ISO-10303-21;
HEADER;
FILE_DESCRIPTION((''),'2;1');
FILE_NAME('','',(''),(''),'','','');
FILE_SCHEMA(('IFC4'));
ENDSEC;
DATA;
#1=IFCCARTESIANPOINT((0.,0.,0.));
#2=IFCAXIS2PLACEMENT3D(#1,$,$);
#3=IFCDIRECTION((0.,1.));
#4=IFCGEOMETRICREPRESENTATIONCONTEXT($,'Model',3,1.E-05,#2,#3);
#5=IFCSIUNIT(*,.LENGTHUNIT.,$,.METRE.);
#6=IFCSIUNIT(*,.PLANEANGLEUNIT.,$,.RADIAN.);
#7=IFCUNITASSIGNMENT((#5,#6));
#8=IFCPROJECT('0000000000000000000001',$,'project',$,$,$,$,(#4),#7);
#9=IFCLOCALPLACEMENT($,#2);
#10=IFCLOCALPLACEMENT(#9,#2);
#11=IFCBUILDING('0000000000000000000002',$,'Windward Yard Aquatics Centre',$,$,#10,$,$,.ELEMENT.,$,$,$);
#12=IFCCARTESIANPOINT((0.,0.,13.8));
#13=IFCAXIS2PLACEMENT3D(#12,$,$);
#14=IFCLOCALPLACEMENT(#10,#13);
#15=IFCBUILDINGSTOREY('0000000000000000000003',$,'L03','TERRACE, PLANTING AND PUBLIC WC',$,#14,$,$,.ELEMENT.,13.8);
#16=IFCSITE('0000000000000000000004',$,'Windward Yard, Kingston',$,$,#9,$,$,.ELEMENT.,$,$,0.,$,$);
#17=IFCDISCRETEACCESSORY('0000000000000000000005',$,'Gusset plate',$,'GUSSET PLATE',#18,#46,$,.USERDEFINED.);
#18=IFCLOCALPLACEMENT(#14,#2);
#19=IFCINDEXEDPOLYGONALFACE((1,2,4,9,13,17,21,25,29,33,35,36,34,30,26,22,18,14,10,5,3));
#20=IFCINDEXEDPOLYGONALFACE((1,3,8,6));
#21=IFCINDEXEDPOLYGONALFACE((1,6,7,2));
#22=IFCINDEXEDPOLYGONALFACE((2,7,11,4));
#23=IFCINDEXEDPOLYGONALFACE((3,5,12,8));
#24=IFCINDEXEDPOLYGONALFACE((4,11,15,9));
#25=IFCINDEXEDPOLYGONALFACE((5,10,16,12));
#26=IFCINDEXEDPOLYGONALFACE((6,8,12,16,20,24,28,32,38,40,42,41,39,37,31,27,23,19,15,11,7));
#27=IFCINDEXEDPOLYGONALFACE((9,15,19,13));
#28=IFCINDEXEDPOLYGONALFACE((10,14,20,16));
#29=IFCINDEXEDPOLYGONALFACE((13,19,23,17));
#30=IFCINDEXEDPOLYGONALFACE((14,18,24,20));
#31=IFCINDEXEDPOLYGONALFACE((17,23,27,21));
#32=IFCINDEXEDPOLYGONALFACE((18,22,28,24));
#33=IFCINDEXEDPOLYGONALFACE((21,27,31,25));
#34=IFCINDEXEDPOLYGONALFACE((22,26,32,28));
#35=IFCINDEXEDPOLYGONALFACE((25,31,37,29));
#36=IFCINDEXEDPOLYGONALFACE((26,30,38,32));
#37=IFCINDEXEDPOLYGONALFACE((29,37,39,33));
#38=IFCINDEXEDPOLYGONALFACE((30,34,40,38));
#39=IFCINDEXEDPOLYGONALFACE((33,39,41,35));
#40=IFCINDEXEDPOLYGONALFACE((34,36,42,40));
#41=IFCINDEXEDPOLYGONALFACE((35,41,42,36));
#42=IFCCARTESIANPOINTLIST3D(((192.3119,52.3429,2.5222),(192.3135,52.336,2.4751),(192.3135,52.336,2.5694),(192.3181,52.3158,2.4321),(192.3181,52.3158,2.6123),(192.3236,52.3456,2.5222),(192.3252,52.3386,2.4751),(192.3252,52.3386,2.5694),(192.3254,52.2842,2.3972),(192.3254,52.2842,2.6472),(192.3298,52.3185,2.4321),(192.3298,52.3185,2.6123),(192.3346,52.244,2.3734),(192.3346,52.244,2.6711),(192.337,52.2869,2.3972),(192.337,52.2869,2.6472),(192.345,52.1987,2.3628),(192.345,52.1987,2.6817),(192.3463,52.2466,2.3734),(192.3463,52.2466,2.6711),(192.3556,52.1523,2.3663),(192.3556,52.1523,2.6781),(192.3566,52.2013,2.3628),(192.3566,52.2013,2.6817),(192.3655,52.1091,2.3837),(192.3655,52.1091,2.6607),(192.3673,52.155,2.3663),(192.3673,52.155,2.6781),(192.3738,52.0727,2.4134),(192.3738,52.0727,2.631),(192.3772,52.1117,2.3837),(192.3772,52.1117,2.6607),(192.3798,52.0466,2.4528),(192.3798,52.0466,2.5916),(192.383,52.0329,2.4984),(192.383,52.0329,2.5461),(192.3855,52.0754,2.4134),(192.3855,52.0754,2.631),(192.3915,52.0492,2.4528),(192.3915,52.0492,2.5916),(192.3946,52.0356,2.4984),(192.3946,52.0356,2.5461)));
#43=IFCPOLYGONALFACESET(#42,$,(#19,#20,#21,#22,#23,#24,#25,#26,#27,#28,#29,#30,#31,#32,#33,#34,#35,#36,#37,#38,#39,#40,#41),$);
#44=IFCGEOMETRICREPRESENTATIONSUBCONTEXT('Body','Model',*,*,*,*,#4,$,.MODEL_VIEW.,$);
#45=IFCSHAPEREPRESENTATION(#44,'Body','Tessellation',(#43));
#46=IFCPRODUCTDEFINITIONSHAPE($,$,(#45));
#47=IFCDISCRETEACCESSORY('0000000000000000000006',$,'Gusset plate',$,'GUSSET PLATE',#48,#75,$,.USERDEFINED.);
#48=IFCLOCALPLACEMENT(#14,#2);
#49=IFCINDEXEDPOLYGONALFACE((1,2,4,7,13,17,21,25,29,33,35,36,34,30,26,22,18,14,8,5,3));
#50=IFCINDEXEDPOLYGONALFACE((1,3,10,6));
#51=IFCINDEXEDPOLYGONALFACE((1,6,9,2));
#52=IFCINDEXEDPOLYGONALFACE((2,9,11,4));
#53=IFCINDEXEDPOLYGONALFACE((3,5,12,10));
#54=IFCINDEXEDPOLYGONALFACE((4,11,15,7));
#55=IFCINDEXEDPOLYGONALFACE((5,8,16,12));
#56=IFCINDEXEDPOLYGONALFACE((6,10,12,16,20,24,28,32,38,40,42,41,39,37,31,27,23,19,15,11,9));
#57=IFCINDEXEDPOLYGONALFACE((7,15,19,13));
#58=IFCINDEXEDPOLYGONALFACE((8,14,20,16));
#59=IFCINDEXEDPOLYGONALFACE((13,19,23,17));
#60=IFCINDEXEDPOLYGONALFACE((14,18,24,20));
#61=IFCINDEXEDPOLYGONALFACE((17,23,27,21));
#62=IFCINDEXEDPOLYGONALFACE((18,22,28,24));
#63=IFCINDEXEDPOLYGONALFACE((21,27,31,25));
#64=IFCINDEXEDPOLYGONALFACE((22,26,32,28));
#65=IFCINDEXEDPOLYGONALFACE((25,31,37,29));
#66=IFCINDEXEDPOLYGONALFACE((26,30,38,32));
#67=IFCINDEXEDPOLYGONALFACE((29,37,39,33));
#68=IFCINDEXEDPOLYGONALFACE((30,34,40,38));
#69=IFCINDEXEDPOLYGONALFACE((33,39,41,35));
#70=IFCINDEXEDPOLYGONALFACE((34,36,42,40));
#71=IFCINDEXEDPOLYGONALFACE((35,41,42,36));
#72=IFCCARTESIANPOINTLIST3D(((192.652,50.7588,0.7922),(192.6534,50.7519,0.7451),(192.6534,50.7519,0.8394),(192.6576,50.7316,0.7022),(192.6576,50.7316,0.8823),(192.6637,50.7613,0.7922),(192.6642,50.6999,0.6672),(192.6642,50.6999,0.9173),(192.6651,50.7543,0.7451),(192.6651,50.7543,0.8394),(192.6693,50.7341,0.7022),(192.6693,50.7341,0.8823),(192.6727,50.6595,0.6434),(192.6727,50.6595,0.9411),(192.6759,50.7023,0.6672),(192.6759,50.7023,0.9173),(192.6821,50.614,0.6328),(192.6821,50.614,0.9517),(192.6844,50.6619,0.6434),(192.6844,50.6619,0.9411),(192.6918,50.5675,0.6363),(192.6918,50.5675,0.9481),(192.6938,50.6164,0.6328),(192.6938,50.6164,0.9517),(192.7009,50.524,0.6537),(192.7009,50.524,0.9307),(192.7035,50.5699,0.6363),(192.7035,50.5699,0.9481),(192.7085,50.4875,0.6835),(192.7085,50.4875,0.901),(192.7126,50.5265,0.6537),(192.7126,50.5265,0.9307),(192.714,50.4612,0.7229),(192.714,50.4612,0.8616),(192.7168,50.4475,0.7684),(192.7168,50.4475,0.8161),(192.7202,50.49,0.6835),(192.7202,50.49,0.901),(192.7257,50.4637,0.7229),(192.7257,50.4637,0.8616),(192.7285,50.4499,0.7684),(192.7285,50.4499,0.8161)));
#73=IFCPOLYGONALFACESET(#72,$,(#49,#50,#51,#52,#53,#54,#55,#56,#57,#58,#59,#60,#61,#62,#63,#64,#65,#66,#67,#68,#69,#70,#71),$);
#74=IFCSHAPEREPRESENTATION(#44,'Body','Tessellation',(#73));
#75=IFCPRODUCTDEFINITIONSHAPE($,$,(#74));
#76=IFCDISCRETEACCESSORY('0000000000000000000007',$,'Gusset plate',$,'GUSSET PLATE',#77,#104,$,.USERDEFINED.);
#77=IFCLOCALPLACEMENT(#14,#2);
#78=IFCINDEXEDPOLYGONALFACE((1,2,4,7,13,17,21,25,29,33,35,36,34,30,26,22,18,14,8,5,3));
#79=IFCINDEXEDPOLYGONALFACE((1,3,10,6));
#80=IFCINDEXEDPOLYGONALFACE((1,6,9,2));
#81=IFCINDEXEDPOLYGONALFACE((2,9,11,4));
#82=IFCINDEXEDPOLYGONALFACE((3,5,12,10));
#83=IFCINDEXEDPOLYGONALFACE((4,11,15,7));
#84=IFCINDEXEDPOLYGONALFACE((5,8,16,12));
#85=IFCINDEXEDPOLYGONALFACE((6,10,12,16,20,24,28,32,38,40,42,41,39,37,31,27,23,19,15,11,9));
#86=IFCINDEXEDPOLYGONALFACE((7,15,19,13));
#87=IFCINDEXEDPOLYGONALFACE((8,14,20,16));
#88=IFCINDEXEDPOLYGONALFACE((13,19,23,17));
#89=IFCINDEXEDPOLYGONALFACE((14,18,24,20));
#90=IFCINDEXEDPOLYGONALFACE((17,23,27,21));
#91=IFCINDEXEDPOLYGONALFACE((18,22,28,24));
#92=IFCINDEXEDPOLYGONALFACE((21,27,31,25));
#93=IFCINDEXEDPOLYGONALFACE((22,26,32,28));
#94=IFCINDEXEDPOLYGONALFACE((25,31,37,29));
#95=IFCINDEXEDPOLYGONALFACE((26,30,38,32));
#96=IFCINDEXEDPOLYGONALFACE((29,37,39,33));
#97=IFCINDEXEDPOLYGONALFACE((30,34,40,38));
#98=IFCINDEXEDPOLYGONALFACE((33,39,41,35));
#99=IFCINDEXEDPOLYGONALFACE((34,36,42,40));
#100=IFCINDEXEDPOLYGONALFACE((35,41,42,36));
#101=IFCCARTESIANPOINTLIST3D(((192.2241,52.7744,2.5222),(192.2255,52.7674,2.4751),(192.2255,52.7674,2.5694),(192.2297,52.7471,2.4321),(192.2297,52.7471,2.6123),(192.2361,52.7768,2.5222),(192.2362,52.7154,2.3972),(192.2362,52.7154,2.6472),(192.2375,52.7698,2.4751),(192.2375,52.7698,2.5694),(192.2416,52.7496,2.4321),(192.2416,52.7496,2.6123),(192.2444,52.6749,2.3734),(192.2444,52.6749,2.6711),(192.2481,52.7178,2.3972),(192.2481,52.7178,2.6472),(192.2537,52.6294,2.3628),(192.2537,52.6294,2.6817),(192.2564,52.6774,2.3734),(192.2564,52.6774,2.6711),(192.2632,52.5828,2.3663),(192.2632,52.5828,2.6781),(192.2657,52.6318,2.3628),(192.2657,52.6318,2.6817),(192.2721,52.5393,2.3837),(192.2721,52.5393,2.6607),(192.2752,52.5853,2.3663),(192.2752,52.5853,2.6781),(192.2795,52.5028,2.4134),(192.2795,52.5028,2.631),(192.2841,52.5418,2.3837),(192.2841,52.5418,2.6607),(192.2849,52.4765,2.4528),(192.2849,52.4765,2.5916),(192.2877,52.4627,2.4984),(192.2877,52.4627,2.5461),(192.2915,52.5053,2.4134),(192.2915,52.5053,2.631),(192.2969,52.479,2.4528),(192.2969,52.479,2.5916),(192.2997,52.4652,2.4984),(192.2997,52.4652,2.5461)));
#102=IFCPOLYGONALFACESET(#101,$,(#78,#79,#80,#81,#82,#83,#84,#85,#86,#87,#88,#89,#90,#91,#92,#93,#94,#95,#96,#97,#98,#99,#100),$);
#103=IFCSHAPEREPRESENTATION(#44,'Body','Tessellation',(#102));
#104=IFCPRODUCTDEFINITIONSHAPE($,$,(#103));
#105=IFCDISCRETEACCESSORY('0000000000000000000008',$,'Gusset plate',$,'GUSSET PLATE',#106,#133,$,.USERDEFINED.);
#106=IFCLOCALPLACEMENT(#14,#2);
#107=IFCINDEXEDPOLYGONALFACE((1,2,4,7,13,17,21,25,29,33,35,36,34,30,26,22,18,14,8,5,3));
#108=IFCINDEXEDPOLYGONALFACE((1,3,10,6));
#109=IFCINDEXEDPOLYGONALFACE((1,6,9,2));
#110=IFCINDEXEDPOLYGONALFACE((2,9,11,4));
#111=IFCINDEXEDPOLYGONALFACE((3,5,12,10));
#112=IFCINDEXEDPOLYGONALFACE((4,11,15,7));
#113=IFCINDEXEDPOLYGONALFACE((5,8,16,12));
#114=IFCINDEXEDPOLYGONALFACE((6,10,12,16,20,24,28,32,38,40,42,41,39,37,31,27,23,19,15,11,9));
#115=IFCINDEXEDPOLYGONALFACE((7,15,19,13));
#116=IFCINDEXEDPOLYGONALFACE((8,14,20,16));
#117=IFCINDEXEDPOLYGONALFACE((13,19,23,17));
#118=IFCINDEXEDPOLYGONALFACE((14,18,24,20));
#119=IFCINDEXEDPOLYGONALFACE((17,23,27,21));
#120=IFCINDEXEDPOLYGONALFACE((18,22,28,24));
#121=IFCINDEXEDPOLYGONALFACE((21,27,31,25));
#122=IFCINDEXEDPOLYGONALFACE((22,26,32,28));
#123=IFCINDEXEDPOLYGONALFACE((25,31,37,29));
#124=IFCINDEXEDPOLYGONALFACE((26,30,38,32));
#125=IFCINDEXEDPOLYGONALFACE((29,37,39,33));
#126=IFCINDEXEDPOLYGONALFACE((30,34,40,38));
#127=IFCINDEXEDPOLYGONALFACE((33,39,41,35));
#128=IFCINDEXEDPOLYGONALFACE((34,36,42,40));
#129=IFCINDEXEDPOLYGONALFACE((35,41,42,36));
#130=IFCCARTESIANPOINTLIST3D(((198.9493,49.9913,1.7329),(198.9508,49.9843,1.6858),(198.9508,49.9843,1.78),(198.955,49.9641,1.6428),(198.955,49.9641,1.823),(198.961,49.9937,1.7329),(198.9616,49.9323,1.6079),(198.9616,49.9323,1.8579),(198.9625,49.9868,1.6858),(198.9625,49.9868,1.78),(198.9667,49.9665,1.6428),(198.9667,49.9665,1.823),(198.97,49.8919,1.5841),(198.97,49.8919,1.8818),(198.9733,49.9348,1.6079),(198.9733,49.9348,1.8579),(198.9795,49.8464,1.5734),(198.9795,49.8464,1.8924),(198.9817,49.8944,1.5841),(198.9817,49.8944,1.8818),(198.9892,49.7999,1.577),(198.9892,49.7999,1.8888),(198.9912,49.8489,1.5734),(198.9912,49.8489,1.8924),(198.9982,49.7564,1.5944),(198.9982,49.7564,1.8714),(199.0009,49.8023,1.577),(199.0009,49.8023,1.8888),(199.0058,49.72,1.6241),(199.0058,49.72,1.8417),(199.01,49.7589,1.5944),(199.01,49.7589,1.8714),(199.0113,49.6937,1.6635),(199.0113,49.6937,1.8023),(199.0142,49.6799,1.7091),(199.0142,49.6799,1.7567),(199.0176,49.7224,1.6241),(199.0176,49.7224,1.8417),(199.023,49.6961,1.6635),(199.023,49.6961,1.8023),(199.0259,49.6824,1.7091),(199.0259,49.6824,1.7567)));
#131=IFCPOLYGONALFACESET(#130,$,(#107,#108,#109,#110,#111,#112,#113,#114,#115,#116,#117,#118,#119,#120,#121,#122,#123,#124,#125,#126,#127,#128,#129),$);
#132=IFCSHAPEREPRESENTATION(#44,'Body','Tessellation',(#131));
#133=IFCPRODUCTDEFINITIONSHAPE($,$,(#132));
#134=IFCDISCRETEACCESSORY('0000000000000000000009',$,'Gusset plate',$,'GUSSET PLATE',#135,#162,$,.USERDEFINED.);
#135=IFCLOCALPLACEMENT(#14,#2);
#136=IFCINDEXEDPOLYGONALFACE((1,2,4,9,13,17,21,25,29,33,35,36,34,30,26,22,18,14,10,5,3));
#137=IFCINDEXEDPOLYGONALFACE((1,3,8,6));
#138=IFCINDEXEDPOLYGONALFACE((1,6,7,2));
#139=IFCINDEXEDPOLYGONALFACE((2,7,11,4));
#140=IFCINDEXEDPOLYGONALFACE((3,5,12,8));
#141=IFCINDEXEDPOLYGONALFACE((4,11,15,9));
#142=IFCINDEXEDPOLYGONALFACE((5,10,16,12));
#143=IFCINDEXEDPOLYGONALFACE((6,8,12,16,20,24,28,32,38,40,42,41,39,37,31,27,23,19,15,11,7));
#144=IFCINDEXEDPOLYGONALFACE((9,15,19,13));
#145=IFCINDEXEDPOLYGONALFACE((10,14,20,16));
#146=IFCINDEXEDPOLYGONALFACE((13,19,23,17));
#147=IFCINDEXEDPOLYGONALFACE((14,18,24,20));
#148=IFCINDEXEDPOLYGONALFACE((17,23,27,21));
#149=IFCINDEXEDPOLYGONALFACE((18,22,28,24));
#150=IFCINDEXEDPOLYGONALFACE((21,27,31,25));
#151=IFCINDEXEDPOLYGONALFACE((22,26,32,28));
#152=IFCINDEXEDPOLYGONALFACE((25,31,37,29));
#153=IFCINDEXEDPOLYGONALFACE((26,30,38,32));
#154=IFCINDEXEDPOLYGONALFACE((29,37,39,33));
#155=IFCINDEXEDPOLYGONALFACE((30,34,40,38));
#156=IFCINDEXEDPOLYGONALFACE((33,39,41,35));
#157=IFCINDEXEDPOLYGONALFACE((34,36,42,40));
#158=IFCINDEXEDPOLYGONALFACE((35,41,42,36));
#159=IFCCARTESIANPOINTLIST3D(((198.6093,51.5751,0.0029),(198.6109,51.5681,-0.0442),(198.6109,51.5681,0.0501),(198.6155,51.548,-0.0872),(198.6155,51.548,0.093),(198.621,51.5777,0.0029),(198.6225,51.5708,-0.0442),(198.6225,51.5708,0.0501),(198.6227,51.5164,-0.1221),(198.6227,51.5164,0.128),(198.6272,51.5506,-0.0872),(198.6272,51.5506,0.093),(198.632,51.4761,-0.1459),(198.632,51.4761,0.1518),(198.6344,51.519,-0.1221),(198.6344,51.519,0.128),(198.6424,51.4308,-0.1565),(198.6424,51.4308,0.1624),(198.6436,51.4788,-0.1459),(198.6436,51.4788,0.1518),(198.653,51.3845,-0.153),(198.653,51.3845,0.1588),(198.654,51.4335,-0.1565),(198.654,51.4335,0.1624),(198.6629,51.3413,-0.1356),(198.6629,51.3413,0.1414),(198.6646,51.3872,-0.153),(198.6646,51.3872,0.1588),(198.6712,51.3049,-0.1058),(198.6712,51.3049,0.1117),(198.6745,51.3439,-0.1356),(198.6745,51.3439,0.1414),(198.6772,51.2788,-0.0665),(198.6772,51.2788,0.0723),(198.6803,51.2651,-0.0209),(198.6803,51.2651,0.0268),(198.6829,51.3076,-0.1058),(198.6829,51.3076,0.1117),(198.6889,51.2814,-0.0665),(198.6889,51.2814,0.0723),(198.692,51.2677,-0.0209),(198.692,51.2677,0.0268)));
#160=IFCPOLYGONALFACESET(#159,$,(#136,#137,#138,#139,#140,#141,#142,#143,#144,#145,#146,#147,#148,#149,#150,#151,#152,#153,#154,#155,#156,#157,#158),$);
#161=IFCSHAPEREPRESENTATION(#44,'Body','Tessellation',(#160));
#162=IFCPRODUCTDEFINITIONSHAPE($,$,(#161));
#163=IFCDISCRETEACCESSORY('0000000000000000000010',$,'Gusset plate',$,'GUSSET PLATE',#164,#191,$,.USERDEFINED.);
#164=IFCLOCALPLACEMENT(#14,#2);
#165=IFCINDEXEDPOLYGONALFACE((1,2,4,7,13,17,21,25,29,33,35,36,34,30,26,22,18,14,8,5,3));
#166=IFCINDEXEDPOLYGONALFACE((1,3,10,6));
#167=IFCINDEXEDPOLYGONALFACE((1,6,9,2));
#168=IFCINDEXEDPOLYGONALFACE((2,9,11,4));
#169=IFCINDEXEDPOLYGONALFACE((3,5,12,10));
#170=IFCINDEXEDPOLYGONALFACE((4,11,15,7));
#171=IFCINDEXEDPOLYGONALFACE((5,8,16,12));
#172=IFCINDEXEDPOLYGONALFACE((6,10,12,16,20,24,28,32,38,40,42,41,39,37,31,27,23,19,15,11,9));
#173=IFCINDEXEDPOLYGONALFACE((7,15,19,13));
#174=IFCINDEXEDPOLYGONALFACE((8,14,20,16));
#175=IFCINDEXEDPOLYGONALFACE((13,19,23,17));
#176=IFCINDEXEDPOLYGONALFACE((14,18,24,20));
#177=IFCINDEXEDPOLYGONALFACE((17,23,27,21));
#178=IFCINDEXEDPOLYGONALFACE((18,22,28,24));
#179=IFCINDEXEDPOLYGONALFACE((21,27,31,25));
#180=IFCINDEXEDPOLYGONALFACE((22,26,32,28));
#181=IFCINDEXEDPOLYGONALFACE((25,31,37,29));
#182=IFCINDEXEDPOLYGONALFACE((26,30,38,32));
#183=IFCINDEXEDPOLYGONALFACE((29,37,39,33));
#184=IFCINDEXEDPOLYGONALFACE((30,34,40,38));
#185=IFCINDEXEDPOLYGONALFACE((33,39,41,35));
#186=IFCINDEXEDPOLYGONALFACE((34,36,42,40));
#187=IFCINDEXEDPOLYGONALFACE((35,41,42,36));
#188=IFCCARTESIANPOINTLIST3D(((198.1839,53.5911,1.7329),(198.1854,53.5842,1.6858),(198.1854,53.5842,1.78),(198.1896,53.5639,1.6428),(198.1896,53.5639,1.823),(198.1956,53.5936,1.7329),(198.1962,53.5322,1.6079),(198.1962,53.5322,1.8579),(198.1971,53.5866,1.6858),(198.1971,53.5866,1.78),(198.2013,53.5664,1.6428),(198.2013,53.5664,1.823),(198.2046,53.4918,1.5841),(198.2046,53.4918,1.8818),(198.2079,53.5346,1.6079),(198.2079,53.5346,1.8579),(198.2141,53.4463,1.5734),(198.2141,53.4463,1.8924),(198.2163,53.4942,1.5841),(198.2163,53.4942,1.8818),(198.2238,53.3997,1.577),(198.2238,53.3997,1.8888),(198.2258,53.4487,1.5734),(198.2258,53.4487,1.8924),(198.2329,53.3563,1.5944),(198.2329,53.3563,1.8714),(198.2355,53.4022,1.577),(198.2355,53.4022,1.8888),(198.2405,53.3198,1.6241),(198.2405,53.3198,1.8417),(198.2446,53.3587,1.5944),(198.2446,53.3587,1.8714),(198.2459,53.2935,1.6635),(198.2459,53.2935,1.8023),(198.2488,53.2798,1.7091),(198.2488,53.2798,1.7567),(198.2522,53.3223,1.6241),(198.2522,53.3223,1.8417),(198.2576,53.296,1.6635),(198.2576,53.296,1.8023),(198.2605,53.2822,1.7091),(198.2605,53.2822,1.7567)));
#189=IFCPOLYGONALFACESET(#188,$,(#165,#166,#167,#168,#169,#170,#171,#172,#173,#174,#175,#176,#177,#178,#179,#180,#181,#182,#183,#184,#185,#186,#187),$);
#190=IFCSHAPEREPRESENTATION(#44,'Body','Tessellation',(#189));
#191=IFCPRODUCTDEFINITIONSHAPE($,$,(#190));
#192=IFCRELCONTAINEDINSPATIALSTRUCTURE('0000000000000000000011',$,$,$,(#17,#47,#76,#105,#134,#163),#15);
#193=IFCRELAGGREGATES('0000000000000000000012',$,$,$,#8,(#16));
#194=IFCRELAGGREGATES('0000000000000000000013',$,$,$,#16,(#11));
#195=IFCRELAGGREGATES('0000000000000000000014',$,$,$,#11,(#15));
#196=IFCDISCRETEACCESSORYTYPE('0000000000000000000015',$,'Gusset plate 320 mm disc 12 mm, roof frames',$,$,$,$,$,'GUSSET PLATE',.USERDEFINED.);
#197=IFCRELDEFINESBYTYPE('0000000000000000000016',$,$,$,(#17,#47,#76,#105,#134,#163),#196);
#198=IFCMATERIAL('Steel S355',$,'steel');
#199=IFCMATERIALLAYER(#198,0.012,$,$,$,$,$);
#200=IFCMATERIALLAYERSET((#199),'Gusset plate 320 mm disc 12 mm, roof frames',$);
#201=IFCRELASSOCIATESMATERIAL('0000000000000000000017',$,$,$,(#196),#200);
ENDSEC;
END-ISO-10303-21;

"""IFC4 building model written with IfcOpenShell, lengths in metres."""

from ifc_helpers import new_model, si_unit, direction, frame, origin, origin_2d, place, context, subcontext, project, spatial, circle, extrude, material, layer, layer_set, type_object, element, save


model = new_model("IFC4")

# Units and contexts
model_context = context("Model", 3, precision=1e-05, world=origin(), true_north=direction((0.0, 1.0)))
body_context = subcontext(model_context, "Body", "Model", "MODEL_VIEW")
ifc_project = project(units=[si_unit("LENGTHUNIT", "METRE"), si_unit("PLANEANGLEUNIT", "RADIAN")], contexts=[model_context])

# Site, building, storey
site_placement = place(None, origin())
site = spatial("IfcSite", under=ifc_project, at=site_placement, Name="Windward Yard, Kingston", CompositionType="ELEMENT", RefElevation=0.0)
building_placement = place(site_placement, origin())
building = spatial("IfcBuilding", under=site, at=building_placement, Name="Windward Yard Aquatics Centre", CompositionType="ELEMENT")
storey_placement = place(building_placement, frame((0.0, 0.0, 13.8)))
storey = spatial("IfcBuildingStorey", under=building, at=storey_placement, Name="L03", Description="TERRACE, PLANTING AND PUBLIC WC", CompositionType="ELEMENT", Elevation=13.8)

# Discrete accessories
ifc_material_1 = material(Name="Steel S355", Category="steel")
ifc_layer_1 = layer(ifc_material_1, 0.012)
ifc_layer_set_1 = layer_set([ifc_layer_1], Name="Gusset plate 320 mm disc 12 mm, roof frames")
discrete_accessory_type_1 = type_object("IfcDiscreteAccessoryType", Name="Gusset plate 320 mm disc 12 mm, roof frames", ElementType="GUSSET PLATE", PredefinedType="USERDEFINED", material=ifc_layer_set_1)
for number, where, z_axis, x_axis, name in (
    (1, (192.3477, 52.187, 2.5222), (0.974732, 0.223376, 0.0), (-0.223376, 0.974732, 0.0), "Gusset plate"),
    (2, (192.6846, 50.6023, 0.7922), (0.97898, 0.203954, 0.0), (-0.203954, 0.97898, 0.0), "Gusset plate"),
):
    element("IfcDiscreteAccessory", number, at=place(storey_placement, frame(where, z_axis=z_axis, x_axis=x_axis)), inside=storey, type_object=discrete_accessory_type_1, Name=name, ObjectType="GUSSET PLATE", PredefinedType="USERDEFINED", context=body_context, shape_type="SweptSolid", body=[
        extrude(circle(Radius=0.1599, at=origin_2d()), origin(), (0.0, 0.0, 1.0), 0.012),
    ])
discrete_accessory_1_placement = place(storey_placement, frame((192.2561, 52.6177, 2.5222), z_axis=(0.979804, 0.19996, 0.0), x_axis=(-0.19996, 0.979804, 0.0)))
element("IfcDiscreteAccessory", 3, at=discrete_accessory_1_placement, inside=storey, type_object=discrete_accessory_type_1, Name="Gusset plate", ObjectType="GUSSET PLATE", PredefinedType="USERDEFINED", context=body_context, shape_type="SweptSolid", body=[
    extrude(circle(Radius=0.1599, at=origin_2d()), origin(), (0.0, 0.0, 1.0), 0.0122),
])
for number, where, z_axis, x_axis, name in (
    (4, (198.9819, 49.8347, 1.7329), (0.97898, 0.203954, 0.0), (-0.203954, 0.97898, 0.0), "Gusset plate"),
    (5, (198.645, 51.4192, 0.0029), (0.974732, 0.223376, 0.0), (-0.223376, 0.974732, 0.0), "Gusset plate"),
    (6, (198.2166, 53.4346, 1.7329), (0.97898, 0.203954, 0.0), (-0.203954, 0.97898, 0.0), "Gusset plate"),
):
    element("IfcDiscreteAccessory", number, at=place(storey_placement, frame(where, z_axis=z_axis, x_axis=x_axis)), inside=storey, type_object=discrete_accessory_type_1, Name=name, ObjectType="GUSSET PLATE", PredefinedType="USERDEFINED", context=body_context, shape_type="SweptSolid", body=[
        extrude(circle(Radius=0.1599, at=origin_2d()), origin(), (0.0, 0.0, 1.0), 0.012),
    ])

save(model, "model.ifc")
